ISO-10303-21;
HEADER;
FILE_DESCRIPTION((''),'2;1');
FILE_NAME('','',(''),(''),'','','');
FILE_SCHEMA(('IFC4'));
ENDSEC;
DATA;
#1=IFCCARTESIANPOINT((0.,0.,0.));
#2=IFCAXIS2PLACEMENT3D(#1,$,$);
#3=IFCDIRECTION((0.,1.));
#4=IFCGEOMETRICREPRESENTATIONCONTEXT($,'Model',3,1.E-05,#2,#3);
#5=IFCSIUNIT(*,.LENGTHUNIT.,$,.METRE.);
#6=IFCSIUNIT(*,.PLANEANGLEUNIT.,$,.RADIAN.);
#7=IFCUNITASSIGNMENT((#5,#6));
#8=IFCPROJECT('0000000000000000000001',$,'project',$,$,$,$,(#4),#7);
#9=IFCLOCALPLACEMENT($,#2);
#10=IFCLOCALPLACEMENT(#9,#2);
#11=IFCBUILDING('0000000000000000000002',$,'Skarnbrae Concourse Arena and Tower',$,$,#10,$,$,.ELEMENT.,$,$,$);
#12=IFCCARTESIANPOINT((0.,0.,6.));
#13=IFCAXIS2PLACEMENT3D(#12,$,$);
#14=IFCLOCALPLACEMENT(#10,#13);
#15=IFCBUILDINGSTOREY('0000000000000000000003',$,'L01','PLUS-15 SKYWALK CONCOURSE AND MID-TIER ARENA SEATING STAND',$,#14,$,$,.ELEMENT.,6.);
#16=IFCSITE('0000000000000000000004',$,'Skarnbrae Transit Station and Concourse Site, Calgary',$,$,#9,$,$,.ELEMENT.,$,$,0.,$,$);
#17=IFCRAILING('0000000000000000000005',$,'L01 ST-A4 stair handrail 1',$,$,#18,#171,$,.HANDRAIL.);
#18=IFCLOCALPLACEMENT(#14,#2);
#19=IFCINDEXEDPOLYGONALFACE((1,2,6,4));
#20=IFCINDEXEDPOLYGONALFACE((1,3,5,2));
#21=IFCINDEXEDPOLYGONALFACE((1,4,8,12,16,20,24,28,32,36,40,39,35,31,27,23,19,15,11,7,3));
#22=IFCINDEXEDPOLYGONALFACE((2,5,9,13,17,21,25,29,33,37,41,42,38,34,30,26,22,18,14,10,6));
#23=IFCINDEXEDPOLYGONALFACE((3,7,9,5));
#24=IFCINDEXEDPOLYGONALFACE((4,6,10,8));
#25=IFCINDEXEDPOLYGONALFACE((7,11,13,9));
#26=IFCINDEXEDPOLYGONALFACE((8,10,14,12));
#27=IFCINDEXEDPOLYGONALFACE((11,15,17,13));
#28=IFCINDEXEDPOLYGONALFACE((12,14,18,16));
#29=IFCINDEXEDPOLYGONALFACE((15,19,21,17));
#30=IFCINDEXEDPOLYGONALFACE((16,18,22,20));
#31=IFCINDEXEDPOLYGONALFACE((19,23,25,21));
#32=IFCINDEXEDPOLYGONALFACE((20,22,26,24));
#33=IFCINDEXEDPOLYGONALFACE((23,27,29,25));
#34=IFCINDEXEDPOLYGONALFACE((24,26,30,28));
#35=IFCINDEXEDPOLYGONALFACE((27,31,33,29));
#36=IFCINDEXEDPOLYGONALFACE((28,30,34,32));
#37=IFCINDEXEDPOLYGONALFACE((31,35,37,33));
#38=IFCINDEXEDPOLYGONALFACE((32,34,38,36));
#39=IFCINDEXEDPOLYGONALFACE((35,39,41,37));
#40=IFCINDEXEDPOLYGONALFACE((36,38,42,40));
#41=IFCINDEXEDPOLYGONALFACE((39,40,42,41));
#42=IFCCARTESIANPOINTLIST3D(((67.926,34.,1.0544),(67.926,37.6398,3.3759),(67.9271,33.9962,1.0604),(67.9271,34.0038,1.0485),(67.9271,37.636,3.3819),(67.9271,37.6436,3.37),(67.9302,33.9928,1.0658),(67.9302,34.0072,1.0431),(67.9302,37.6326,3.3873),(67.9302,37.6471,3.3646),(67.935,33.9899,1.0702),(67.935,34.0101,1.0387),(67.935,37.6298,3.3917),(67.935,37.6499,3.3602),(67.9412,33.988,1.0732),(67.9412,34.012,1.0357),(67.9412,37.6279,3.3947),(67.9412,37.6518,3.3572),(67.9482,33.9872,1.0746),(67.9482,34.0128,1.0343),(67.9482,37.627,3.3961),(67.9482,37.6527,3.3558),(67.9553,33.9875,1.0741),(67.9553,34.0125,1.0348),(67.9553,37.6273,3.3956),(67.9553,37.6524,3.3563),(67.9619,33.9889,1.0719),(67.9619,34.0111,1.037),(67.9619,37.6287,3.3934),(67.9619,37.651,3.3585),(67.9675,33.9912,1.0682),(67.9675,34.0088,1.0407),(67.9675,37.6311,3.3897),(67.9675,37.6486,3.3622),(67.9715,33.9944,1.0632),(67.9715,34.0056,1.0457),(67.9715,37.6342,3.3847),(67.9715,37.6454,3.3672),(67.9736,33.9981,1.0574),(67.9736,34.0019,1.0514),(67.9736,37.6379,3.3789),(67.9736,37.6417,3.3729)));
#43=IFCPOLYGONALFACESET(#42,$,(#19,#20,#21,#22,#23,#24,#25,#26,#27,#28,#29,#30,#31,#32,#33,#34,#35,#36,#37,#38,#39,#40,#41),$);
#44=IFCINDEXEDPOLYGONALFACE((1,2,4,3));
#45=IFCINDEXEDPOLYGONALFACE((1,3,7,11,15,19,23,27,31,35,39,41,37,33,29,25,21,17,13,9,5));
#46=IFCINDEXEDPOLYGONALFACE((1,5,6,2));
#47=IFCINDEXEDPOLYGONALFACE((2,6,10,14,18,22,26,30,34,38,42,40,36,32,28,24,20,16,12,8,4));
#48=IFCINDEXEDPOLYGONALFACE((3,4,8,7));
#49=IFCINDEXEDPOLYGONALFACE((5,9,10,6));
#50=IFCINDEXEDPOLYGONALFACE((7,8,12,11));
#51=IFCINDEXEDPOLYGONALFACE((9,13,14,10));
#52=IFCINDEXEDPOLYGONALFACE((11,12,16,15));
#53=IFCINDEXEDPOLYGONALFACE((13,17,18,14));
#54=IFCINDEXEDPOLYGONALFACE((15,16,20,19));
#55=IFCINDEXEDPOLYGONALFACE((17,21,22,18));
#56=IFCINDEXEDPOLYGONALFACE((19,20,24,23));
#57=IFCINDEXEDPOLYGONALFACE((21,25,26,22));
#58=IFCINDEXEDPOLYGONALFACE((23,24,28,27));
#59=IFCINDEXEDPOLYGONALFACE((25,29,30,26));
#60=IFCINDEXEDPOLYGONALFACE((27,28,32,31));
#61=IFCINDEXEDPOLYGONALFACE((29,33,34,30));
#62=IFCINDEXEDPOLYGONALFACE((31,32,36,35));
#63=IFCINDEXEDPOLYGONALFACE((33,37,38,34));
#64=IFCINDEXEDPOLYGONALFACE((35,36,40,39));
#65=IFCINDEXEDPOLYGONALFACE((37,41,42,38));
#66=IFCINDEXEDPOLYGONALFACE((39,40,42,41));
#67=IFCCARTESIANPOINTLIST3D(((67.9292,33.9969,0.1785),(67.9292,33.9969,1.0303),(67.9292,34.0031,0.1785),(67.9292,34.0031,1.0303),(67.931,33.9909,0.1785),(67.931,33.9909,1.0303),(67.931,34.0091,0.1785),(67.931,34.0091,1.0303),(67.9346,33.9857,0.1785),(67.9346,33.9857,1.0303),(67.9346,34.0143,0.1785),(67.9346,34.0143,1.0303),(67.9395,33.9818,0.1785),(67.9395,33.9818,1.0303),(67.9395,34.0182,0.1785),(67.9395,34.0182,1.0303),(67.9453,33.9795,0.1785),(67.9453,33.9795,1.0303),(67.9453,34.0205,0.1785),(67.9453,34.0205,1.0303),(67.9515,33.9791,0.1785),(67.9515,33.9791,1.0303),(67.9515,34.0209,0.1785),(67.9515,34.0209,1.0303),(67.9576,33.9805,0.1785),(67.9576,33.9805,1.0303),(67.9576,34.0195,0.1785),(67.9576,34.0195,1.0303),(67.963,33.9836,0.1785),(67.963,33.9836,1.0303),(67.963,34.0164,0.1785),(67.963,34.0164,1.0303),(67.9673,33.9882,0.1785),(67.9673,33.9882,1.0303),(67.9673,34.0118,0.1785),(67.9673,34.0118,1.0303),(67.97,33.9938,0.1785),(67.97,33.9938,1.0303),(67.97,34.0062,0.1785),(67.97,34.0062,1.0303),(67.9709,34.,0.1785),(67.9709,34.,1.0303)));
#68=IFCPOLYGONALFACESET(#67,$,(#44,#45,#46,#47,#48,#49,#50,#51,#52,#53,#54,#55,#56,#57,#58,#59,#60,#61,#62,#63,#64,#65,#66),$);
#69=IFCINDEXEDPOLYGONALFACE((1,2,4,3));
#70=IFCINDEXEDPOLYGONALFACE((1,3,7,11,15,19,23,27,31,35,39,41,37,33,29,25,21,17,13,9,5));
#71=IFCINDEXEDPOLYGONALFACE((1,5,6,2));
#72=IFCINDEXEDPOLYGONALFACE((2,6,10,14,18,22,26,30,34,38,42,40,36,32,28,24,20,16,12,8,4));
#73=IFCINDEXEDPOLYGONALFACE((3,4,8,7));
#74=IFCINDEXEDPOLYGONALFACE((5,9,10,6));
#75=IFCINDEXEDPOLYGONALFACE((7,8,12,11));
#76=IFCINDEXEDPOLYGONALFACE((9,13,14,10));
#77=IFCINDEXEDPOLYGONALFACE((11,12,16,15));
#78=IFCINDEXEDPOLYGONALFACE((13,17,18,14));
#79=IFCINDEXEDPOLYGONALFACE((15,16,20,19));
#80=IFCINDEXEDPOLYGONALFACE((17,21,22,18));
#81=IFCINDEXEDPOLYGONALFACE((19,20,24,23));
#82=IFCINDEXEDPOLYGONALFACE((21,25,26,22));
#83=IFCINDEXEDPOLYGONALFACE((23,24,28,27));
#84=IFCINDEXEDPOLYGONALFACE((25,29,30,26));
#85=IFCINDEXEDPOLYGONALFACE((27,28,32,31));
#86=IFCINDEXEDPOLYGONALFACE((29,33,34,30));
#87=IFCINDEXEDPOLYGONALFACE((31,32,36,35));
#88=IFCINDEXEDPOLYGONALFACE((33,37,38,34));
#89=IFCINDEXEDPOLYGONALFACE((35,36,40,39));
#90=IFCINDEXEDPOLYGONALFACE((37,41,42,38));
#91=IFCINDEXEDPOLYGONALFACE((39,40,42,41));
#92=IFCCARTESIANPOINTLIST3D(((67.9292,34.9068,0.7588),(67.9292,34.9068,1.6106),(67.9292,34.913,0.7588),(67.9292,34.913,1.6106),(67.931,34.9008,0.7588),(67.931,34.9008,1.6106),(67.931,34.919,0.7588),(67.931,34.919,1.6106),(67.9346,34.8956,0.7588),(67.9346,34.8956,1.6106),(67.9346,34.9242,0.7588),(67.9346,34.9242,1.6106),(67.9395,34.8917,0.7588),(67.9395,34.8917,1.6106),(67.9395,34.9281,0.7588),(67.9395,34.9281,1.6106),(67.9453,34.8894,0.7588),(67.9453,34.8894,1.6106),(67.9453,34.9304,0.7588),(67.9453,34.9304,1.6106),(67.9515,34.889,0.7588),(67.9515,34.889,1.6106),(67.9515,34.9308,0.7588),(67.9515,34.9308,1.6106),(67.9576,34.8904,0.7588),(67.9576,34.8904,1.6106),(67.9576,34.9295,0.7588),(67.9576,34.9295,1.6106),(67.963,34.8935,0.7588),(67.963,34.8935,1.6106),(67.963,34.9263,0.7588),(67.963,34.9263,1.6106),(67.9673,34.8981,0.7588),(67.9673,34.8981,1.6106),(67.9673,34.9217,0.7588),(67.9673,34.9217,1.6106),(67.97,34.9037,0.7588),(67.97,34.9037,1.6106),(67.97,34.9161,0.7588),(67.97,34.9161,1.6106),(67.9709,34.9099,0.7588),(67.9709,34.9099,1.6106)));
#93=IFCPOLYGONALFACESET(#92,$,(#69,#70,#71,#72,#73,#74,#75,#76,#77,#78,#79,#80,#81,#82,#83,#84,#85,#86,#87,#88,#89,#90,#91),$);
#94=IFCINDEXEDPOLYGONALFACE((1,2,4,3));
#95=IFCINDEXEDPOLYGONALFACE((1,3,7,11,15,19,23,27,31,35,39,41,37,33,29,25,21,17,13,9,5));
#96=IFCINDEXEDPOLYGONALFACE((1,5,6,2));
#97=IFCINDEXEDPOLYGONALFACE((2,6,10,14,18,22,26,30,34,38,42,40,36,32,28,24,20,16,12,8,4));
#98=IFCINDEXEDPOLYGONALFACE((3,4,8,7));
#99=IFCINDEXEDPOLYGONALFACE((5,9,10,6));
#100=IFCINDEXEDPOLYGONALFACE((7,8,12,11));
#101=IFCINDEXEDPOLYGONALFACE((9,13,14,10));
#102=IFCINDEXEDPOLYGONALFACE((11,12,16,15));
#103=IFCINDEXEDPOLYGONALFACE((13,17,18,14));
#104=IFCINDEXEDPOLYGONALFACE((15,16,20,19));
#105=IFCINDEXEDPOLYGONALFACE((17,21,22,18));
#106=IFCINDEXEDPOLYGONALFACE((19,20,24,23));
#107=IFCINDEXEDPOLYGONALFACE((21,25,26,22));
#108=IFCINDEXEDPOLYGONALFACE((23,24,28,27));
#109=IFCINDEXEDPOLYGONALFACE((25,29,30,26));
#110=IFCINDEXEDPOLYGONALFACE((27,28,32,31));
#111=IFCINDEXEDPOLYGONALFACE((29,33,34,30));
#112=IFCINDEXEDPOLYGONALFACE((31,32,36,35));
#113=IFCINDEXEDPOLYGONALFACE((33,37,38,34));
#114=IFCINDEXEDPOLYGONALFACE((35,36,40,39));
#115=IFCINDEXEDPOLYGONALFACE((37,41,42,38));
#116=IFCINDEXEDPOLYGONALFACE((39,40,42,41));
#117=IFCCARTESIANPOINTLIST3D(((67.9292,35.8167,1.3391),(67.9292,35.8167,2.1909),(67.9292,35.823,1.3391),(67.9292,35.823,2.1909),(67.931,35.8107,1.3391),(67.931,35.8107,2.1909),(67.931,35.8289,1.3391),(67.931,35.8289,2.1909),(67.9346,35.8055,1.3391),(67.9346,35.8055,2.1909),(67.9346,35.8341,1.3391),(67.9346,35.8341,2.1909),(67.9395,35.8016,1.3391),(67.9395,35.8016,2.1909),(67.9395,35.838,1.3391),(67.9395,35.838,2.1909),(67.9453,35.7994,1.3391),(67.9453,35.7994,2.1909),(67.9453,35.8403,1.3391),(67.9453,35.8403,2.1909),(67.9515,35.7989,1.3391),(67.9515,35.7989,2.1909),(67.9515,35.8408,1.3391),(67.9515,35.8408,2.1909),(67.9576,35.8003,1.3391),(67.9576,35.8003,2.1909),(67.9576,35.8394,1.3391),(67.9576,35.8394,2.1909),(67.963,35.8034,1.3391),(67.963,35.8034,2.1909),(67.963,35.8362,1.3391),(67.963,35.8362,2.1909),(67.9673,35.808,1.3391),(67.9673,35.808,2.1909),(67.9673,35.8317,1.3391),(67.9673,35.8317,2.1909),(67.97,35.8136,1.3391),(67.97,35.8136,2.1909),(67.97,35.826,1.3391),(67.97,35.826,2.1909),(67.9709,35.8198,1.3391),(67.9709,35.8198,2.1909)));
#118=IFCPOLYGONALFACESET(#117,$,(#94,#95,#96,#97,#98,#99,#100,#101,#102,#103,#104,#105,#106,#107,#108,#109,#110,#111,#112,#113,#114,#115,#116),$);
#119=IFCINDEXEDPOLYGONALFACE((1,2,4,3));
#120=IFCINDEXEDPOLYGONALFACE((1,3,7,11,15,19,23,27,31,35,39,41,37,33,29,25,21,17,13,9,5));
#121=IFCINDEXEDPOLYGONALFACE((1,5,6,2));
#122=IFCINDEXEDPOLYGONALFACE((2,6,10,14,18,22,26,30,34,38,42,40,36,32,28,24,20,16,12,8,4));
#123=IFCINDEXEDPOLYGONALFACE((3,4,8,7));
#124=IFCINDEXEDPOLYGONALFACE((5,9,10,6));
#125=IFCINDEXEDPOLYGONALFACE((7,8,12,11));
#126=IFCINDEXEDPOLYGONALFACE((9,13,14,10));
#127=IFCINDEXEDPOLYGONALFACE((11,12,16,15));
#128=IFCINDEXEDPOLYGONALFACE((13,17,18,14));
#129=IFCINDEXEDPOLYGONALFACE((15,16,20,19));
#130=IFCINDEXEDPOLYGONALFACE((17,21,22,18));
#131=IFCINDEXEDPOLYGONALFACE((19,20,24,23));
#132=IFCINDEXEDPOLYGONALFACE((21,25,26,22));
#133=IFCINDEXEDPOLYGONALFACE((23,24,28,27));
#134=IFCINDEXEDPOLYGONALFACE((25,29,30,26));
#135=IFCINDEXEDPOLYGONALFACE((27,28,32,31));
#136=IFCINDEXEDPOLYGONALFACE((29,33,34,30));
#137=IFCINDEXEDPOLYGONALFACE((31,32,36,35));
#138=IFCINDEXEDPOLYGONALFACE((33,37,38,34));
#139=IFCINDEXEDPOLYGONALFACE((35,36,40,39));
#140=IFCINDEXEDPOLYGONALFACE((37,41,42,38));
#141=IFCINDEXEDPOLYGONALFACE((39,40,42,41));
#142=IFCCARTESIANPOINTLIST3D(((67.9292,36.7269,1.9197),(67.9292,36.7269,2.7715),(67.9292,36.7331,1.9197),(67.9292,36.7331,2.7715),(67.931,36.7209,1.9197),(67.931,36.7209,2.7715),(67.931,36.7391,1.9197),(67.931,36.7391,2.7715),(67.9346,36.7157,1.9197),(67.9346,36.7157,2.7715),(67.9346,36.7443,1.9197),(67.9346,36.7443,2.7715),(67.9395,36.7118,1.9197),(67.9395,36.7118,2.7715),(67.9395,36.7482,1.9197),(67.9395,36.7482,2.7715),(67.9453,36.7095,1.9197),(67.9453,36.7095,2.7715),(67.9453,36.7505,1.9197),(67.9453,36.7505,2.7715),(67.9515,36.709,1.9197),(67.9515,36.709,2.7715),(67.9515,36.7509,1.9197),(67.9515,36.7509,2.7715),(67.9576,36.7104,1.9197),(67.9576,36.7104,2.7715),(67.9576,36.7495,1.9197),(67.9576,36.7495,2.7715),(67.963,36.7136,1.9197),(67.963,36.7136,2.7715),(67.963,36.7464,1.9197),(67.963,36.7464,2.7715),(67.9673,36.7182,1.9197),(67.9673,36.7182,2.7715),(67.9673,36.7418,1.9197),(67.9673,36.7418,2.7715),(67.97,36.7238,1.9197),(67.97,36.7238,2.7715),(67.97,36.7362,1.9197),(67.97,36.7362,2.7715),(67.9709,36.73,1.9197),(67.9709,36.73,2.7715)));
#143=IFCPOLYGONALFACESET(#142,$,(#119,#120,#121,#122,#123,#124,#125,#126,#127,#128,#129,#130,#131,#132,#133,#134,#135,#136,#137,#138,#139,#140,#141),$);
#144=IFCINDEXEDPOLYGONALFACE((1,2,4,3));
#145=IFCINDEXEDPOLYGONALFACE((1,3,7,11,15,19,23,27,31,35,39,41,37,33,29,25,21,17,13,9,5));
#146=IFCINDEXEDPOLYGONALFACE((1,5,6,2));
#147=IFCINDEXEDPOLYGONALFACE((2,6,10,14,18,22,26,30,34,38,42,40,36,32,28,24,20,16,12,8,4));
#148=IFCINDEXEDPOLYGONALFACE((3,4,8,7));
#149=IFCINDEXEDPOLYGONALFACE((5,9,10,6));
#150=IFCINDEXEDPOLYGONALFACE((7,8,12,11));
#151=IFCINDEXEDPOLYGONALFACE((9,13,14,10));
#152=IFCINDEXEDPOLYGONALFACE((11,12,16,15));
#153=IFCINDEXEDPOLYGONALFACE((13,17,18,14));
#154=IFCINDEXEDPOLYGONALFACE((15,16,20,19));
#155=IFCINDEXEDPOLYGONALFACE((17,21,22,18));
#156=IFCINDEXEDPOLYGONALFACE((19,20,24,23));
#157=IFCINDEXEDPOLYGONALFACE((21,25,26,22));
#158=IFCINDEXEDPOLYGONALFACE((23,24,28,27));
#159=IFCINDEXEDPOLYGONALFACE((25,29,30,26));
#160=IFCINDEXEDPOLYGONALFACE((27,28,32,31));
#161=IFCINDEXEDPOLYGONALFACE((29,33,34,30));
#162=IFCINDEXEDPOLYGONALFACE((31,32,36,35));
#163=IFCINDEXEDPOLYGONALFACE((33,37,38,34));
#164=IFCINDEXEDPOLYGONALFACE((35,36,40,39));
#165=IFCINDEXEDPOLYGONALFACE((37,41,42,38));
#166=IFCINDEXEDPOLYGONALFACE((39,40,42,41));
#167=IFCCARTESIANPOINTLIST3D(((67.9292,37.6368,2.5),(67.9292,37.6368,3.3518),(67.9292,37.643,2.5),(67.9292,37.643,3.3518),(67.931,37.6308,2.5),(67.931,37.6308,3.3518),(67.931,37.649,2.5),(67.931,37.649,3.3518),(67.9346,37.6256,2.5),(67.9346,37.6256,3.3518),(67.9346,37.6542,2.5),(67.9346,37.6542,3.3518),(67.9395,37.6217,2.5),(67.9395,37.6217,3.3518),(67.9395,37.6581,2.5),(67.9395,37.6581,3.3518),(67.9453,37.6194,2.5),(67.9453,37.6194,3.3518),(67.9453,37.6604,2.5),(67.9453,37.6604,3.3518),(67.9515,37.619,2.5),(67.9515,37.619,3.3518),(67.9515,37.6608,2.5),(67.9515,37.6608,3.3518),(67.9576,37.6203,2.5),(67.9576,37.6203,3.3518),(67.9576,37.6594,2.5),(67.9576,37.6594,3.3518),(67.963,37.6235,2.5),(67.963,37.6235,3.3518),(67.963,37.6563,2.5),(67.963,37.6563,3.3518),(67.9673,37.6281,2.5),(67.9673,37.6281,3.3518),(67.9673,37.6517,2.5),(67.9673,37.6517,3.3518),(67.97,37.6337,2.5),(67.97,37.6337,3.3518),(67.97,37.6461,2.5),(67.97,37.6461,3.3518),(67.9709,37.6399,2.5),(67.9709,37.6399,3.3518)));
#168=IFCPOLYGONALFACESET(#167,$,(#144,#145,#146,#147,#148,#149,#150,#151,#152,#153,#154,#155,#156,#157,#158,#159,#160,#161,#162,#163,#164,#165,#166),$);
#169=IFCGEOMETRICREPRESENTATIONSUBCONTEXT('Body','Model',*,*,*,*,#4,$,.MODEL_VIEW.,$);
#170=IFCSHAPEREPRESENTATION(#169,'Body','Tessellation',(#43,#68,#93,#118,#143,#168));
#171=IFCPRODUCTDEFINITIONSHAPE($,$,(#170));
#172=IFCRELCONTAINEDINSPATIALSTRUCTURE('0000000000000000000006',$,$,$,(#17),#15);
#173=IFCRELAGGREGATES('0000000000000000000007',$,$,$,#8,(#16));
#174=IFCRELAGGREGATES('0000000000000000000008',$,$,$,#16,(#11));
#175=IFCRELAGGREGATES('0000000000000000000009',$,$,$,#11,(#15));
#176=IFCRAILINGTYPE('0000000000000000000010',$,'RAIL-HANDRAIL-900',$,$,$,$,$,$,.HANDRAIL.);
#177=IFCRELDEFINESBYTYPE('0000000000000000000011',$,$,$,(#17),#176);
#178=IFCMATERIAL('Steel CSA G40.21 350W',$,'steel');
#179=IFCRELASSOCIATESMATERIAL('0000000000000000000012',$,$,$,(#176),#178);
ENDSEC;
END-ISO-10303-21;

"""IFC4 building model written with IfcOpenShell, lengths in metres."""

from ifc_helpers import new_model, si_unit, direction, frame, origin, origin_2d, place, context, subcontext, project, spatial, circle, extrude, material, type_object, element, save


model = new_model("IFC4")

# Units and contexts
model_context = context("Model", 3, precision=1e-05, world=origin(), true_north=direction((0.0, 1.0)))
body_context = subcontext(model_context, "Body", "Model", "MODEL_VIEW")
ifc_project = project(units=[si_unit("LENGTHUNIT", "METRE"), si_unit("PLANEANGLEUNIT", "RADIAN")], contexts=[model_context])

# Site, building, storey
site_placement = place(None, origin())
site = spatial("IfcSite", under=ifc_project, at=site_placement, Name="Skarnbrae Transit Station and Concourse Site, Calgary", CompositionType="ELEMENT", RefElevation=0.0)
building_placement = place(site_placement, origin())
building = spatial("IfcBuilding", under=site, at=building_placement, Name="Skarnbrae Concourse Arena and Tower", CompositionType="ELEMENT")
storey_placement = place(building_placement, frame((0.0, 0.0, 6.0)))
storey = spatial("IfcBuildingStorey", under=building, at=storey_placement, Name="L01", Description="PLUS-15 SKYWALK CONCOURSE AND MID-TIER ARENA SEATING STAND", CompositionType="ELEMENT", Elevation=6.0)

# Shared definitions
ifc_material_1 = material(Name="Steel CSA G40.21 350W", Category="steel")

# Railing
railing_type_1 = type_object("IfcRailingType", Name="RAIL-HANDRAIL-900", PredefinedType="HANDRAIL", material=ifc_material_1)
railing_1_placement = place(storey_placement, frame((67.95, 34.0, 0.1785)))
element("IfcRailing", 1, at=railing_1_placement, inside=storey, type_object=railing_type_1, Name="L01 ST-A4 stair handrail 1", PredefinedType="HANDRAIL", context=body_context, shape_type="SweptSolid", body=[
    extrude(circle(Radius=0.0239, at=origin_2d()), frame((0.0, 0.0, 0.876), z_axis=(0.0, 0.843112, 0.537739), x_axis=(-1.0, 0.0, 0.0)), (0.0, 0.0, 1.0), 4.3171),
    extrude(circle(Radius=0.021, at=origin_2d()), origin(), (0.0, 0.0, 1.0), 0.8518),
    extrude(circle(Radius=0.021, at=origin_2d()), frame((0.0, 0.9099, 0.5803)), (0.0, 0.0, 1.0), 0.8518),
    extrude(circle(Radius=0.021, at=origin_2d()), frame((0.0, 1.8198, 1.1606)), (0.0, 0.0, 1.0), 0.8518),
    extrude(circle(Radius=0.021, at=origin_2d()), frame((0.0, 2.73, 1.7412)), (0.0, 0.0, 1.0), 0.8518),
    extrude(circle(Radius=0.021, at=origin_2d()), frame((0.0, 3.6399, 2.3215)), (0.0, 0.0, 1.0), 0.8518),
])

save(model, "model.ifc")
